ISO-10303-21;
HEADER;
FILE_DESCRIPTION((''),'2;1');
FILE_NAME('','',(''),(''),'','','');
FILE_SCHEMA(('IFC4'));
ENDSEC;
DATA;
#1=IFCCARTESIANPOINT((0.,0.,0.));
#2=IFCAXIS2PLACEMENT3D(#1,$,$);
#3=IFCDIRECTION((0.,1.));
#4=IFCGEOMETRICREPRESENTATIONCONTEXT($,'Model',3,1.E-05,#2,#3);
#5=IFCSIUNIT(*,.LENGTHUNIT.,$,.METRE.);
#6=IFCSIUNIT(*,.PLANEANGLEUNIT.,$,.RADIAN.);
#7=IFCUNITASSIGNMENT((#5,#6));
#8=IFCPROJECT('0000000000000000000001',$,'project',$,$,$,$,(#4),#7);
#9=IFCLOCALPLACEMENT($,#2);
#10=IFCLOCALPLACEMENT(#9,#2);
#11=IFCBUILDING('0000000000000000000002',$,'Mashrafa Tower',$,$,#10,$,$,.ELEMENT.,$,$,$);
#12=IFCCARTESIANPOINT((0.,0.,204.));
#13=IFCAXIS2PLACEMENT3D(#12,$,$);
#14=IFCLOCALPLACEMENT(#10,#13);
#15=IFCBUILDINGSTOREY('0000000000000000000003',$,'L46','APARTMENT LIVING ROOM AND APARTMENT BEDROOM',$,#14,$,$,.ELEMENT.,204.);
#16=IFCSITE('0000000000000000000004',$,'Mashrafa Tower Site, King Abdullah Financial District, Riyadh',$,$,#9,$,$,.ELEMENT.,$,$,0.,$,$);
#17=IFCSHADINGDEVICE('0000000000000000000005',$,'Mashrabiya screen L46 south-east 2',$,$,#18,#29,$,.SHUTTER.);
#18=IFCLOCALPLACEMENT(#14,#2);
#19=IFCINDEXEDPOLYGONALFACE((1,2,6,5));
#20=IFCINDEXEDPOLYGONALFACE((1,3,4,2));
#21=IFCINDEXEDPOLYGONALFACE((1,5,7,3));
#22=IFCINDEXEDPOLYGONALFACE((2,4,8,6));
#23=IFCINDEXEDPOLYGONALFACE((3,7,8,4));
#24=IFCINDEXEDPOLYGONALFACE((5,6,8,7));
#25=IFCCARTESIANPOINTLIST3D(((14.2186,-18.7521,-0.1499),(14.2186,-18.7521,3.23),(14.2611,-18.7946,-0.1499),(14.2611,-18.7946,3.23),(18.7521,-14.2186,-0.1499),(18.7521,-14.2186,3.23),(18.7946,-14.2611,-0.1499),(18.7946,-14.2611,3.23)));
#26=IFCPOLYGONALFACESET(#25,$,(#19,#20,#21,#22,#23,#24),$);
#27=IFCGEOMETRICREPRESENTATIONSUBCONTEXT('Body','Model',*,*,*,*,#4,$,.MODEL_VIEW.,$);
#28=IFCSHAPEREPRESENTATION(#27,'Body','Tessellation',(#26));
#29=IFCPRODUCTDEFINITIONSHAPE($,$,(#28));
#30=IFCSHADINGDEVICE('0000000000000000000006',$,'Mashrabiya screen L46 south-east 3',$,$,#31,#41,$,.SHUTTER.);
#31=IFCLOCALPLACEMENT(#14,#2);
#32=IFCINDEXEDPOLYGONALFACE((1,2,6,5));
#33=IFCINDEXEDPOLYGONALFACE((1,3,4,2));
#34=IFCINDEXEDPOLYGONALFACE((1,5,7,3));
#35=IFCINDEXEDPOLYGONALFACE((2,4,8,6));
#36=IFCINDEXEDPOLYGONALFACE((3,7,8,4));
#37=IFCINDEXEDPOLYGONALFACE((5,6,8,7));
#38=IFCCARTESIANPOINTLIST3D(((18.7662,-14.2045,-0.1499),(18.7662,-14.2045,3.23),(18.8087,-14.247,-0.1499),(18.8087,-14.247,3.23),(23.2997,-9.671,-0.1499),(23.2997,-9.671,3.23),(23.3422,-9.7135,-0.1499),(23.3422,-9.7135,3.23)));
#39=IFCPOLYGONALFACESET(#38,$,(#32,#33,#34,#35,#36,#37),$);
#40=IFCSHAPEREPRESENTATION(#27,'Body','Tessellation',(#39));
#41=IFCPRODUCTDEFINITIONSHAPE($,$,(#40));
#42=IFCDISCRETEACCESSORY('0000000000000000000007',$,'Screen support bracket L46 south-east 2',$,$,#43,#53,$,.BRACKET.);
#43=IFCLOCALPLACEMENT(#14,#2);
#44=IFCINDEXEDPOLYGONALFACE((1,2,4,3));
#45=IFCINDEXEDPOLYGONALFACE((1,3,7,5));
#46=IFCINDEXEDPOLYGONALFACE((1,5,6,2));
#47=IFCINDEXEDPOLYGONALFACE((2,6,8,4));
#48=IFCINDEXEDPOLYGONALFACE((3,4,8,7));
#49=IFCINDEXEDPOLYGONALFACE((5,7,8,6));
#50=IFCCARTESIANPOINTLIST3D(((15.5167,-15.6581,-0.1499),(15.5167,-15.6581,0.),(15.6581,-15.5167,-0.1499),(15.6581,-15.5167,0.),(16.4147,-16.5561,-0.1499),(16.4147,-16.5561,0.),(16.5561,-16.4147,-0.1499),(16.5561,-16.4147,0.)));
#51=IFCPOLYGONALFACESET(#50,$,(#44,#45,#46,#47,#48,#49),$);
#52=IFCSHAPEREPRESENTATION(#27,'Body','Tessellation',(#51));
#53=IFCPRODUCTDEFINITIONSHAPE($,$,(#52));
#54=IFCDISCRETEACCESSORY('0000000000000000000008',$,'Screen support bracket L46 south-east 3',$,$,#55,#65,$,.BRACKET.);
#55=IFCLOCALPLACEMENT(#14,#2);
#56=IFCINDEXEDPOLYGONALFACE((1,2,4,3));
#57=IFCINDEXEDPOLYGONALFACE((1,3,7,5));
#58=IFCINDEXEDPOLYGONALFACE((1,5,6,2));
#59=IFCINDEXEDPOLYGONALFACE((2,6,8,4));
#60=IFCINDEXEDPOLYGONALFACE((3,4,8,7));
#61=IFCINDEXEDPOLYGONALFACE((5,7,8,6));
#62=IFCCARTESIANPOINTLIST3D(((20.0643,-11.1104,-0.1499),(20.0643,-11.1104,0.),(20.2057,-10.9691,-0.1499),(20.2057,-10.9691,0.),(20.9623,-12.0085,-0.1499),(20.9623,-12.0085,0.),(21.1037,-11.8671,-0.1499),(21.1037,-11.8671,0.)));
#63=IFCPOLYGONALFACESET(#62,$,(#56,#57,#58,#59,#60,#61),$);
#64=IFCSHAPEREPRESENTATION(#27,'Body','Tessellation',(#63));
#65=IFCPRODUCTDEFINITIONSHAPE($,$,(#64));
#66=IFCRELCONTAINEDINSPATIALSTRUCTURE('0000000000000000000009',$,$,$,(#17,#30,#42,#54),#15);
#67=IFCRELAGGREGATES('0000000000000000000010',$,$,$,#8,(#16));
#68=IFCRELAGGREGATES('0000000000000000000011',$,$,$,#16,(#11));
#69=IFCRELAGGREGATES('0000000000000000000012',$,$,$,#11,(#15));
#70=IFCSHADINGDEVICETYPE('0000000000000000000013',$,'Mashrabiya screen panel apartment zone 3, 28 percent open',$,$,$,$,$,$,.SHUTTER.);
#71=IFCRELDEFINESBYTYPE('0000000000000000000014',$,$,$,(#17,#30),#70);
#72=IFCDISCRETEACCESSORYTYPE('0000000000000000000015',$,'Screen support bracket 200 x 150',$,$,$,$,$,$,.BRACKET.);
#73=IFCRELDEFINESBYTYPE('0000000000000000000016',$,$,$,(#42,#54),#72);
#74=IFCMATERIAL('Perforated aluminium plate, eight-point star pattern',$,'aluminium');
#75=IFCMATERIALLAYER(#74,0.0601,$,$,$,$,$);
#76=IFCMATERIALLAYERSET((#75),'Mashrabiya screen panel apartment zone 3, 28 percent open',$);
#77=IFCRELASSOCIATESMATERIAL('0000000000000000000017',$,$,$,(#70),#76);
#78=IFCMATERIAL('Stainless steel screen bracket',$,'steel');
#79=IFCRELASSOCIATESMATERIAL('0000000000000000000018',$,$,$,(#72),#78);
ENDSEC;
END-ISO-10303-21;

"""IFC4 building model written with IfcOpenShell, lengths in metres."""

from ifc_helpers import new_model, si_unit, direction, frame, origin, origin_2d, place, context, subcontext, project, spatial, rectangle, extrude, source, transform, mapped, material, layer, layer_set, type_object, type_shapes, element, save


model = new_model("IFC4")

# Units and contexts
model_context = context("Model", 3, precision=1e-05, world=origin(), true_north=direction((0.0, 1.0)))
body_context = subcontext(model_context, "Body", "Model", "MODEL_VIEW")
ifc_project = project(units=[si_unit("LENGTHUNIT", "METRE"), si_unit("PLANEANGLEUNIT", "RADIAN")], contexts=[model_context])

# Site, building, storey
site_placement = place(None, origin())
site = spatial("IfcSite", under=ifc_project, at=site_placement, Name="Mashrafa Tower Site, King Abdullah Financial District, Riyadh", CompositionType="ELEMENT", RefElevation=0.0)
building_placement = place(site_placement, origin())
building = spatial("IfcBuilding", under=site, at=building_placement, Name="Mashrafa Tower", CompositionType="ELEMENT")
storey_placement = place(building_placement, frame((0.0, 0.0, 204.0)))
storey = spatial("IfcBuildingStorey", under=building, at=storey_placement, Name="L46", Description="APARTMENT LIVING ROOM AND APARTMENT BEDROOM", CompositionType="ELEMENT", Elevation=204.0)

# Shading devices
ifc_material_1 = material(Name="Perforated aluminium plate, eight-point star pattern", Category="aluminium")
ifc_layer_1 = layer(ifc_material_1, 0.0601)
ifc_layer_set_1 = layer_set([ifc_layer_1], Name="Mashrabiya screen panel apartment zone 3, 28 percent open")
shading_device_type = type_object("IfcShadingDeviceType", Name="Mashrabiya screen panel apartment zone 3, 28 percent open", PredefinedType="SHUTTER", material=ifc_layer_set_1)
shared_shape_1 = source(origin(), body_context, "Body", "SweptSolid", [
    extrude(rectangle(XDim=6.4114, YDim=0.0601, at=origin_2d()), origin(), (0.0, 0.0, 1.0), 3.3799),
])
type_shapes(shading_device_type, [shared_shape_1])
for number, where, z_axis, x_axis, name in (
    (1, (16.5066, -16.5066, -0.1499), (0.0, 0.0, 1.0), (0.707107, 0.707107, 0.0), "Mashrabiya screen L46 south-east 2"),
    (2, (21.0542, -11.959, -0.1499), (0.0, 0.0, 1.0), (0.707107, 0.707107, 0.0), "Mashrabiya screen L46 south-east 3"),
):
    element("IfcShadingDevice", number, at=place(storey_placement, frame(where, z_axis=z_axis, x_axis=x_axis)), inside=storey, type_object=shading_device_type, Name=name, PredefinedType="SHUTTER", context=body_context, shape_type="MappedRepresentation", body=[
        mapped(shared_shape_1, transform((0.0, 0.0, 0.0))),
    ])

# Discrete accessories
ifc_material_2 = material(Name="Stainless steel screen bracket", Category="steel")
discrete_accessory_type = type_object("IfcDiscreteAccessoryType", Name="Screen support bracket 200 x 150", PredefinedType="BRACKET", material=ifc_material_2)
shared_shape_2 = source(origin(), body_context, "Body", "SweptSolid", [
    extrude(rectangle(XDim=0.2, YDim=1.27, at=origin_2d()), origin(), (0.0, 0.0, 1.0), 0.1499),
])
type_shapes(discrete_accessory_type, [shared_shape_2])
for number, where, z_axis, x_axis, name in (
    (3, (16.0364, -16.0364, -0.1499), (0.0, 0.0, 1.0), (0.707107, 0.707107, 0.0), "Screen support bracket L46 south-east 2"),
    (4, (20.584, -11.4888, -0.1499), (0.0, 0.0, 1.0), (0.707107, 0.707107, 0.0), "Screen support bracket L46 south-east 3"),
):
    element("IfcDiscreteAccessory", number, at=place(storey_placement, frame(where, z_axis=z_axis, x_axis=x_axis)), inside=storey, type_object=discrete_accessory_type, Name=name, PredefinedType="BRACKET", context=body_context, shape_type="MappedRepresentation", body=[
        mapped(shared_shape_2, transform((0.0, 0.0, 0.0))),
    ])

save(model, "model.ifc")
